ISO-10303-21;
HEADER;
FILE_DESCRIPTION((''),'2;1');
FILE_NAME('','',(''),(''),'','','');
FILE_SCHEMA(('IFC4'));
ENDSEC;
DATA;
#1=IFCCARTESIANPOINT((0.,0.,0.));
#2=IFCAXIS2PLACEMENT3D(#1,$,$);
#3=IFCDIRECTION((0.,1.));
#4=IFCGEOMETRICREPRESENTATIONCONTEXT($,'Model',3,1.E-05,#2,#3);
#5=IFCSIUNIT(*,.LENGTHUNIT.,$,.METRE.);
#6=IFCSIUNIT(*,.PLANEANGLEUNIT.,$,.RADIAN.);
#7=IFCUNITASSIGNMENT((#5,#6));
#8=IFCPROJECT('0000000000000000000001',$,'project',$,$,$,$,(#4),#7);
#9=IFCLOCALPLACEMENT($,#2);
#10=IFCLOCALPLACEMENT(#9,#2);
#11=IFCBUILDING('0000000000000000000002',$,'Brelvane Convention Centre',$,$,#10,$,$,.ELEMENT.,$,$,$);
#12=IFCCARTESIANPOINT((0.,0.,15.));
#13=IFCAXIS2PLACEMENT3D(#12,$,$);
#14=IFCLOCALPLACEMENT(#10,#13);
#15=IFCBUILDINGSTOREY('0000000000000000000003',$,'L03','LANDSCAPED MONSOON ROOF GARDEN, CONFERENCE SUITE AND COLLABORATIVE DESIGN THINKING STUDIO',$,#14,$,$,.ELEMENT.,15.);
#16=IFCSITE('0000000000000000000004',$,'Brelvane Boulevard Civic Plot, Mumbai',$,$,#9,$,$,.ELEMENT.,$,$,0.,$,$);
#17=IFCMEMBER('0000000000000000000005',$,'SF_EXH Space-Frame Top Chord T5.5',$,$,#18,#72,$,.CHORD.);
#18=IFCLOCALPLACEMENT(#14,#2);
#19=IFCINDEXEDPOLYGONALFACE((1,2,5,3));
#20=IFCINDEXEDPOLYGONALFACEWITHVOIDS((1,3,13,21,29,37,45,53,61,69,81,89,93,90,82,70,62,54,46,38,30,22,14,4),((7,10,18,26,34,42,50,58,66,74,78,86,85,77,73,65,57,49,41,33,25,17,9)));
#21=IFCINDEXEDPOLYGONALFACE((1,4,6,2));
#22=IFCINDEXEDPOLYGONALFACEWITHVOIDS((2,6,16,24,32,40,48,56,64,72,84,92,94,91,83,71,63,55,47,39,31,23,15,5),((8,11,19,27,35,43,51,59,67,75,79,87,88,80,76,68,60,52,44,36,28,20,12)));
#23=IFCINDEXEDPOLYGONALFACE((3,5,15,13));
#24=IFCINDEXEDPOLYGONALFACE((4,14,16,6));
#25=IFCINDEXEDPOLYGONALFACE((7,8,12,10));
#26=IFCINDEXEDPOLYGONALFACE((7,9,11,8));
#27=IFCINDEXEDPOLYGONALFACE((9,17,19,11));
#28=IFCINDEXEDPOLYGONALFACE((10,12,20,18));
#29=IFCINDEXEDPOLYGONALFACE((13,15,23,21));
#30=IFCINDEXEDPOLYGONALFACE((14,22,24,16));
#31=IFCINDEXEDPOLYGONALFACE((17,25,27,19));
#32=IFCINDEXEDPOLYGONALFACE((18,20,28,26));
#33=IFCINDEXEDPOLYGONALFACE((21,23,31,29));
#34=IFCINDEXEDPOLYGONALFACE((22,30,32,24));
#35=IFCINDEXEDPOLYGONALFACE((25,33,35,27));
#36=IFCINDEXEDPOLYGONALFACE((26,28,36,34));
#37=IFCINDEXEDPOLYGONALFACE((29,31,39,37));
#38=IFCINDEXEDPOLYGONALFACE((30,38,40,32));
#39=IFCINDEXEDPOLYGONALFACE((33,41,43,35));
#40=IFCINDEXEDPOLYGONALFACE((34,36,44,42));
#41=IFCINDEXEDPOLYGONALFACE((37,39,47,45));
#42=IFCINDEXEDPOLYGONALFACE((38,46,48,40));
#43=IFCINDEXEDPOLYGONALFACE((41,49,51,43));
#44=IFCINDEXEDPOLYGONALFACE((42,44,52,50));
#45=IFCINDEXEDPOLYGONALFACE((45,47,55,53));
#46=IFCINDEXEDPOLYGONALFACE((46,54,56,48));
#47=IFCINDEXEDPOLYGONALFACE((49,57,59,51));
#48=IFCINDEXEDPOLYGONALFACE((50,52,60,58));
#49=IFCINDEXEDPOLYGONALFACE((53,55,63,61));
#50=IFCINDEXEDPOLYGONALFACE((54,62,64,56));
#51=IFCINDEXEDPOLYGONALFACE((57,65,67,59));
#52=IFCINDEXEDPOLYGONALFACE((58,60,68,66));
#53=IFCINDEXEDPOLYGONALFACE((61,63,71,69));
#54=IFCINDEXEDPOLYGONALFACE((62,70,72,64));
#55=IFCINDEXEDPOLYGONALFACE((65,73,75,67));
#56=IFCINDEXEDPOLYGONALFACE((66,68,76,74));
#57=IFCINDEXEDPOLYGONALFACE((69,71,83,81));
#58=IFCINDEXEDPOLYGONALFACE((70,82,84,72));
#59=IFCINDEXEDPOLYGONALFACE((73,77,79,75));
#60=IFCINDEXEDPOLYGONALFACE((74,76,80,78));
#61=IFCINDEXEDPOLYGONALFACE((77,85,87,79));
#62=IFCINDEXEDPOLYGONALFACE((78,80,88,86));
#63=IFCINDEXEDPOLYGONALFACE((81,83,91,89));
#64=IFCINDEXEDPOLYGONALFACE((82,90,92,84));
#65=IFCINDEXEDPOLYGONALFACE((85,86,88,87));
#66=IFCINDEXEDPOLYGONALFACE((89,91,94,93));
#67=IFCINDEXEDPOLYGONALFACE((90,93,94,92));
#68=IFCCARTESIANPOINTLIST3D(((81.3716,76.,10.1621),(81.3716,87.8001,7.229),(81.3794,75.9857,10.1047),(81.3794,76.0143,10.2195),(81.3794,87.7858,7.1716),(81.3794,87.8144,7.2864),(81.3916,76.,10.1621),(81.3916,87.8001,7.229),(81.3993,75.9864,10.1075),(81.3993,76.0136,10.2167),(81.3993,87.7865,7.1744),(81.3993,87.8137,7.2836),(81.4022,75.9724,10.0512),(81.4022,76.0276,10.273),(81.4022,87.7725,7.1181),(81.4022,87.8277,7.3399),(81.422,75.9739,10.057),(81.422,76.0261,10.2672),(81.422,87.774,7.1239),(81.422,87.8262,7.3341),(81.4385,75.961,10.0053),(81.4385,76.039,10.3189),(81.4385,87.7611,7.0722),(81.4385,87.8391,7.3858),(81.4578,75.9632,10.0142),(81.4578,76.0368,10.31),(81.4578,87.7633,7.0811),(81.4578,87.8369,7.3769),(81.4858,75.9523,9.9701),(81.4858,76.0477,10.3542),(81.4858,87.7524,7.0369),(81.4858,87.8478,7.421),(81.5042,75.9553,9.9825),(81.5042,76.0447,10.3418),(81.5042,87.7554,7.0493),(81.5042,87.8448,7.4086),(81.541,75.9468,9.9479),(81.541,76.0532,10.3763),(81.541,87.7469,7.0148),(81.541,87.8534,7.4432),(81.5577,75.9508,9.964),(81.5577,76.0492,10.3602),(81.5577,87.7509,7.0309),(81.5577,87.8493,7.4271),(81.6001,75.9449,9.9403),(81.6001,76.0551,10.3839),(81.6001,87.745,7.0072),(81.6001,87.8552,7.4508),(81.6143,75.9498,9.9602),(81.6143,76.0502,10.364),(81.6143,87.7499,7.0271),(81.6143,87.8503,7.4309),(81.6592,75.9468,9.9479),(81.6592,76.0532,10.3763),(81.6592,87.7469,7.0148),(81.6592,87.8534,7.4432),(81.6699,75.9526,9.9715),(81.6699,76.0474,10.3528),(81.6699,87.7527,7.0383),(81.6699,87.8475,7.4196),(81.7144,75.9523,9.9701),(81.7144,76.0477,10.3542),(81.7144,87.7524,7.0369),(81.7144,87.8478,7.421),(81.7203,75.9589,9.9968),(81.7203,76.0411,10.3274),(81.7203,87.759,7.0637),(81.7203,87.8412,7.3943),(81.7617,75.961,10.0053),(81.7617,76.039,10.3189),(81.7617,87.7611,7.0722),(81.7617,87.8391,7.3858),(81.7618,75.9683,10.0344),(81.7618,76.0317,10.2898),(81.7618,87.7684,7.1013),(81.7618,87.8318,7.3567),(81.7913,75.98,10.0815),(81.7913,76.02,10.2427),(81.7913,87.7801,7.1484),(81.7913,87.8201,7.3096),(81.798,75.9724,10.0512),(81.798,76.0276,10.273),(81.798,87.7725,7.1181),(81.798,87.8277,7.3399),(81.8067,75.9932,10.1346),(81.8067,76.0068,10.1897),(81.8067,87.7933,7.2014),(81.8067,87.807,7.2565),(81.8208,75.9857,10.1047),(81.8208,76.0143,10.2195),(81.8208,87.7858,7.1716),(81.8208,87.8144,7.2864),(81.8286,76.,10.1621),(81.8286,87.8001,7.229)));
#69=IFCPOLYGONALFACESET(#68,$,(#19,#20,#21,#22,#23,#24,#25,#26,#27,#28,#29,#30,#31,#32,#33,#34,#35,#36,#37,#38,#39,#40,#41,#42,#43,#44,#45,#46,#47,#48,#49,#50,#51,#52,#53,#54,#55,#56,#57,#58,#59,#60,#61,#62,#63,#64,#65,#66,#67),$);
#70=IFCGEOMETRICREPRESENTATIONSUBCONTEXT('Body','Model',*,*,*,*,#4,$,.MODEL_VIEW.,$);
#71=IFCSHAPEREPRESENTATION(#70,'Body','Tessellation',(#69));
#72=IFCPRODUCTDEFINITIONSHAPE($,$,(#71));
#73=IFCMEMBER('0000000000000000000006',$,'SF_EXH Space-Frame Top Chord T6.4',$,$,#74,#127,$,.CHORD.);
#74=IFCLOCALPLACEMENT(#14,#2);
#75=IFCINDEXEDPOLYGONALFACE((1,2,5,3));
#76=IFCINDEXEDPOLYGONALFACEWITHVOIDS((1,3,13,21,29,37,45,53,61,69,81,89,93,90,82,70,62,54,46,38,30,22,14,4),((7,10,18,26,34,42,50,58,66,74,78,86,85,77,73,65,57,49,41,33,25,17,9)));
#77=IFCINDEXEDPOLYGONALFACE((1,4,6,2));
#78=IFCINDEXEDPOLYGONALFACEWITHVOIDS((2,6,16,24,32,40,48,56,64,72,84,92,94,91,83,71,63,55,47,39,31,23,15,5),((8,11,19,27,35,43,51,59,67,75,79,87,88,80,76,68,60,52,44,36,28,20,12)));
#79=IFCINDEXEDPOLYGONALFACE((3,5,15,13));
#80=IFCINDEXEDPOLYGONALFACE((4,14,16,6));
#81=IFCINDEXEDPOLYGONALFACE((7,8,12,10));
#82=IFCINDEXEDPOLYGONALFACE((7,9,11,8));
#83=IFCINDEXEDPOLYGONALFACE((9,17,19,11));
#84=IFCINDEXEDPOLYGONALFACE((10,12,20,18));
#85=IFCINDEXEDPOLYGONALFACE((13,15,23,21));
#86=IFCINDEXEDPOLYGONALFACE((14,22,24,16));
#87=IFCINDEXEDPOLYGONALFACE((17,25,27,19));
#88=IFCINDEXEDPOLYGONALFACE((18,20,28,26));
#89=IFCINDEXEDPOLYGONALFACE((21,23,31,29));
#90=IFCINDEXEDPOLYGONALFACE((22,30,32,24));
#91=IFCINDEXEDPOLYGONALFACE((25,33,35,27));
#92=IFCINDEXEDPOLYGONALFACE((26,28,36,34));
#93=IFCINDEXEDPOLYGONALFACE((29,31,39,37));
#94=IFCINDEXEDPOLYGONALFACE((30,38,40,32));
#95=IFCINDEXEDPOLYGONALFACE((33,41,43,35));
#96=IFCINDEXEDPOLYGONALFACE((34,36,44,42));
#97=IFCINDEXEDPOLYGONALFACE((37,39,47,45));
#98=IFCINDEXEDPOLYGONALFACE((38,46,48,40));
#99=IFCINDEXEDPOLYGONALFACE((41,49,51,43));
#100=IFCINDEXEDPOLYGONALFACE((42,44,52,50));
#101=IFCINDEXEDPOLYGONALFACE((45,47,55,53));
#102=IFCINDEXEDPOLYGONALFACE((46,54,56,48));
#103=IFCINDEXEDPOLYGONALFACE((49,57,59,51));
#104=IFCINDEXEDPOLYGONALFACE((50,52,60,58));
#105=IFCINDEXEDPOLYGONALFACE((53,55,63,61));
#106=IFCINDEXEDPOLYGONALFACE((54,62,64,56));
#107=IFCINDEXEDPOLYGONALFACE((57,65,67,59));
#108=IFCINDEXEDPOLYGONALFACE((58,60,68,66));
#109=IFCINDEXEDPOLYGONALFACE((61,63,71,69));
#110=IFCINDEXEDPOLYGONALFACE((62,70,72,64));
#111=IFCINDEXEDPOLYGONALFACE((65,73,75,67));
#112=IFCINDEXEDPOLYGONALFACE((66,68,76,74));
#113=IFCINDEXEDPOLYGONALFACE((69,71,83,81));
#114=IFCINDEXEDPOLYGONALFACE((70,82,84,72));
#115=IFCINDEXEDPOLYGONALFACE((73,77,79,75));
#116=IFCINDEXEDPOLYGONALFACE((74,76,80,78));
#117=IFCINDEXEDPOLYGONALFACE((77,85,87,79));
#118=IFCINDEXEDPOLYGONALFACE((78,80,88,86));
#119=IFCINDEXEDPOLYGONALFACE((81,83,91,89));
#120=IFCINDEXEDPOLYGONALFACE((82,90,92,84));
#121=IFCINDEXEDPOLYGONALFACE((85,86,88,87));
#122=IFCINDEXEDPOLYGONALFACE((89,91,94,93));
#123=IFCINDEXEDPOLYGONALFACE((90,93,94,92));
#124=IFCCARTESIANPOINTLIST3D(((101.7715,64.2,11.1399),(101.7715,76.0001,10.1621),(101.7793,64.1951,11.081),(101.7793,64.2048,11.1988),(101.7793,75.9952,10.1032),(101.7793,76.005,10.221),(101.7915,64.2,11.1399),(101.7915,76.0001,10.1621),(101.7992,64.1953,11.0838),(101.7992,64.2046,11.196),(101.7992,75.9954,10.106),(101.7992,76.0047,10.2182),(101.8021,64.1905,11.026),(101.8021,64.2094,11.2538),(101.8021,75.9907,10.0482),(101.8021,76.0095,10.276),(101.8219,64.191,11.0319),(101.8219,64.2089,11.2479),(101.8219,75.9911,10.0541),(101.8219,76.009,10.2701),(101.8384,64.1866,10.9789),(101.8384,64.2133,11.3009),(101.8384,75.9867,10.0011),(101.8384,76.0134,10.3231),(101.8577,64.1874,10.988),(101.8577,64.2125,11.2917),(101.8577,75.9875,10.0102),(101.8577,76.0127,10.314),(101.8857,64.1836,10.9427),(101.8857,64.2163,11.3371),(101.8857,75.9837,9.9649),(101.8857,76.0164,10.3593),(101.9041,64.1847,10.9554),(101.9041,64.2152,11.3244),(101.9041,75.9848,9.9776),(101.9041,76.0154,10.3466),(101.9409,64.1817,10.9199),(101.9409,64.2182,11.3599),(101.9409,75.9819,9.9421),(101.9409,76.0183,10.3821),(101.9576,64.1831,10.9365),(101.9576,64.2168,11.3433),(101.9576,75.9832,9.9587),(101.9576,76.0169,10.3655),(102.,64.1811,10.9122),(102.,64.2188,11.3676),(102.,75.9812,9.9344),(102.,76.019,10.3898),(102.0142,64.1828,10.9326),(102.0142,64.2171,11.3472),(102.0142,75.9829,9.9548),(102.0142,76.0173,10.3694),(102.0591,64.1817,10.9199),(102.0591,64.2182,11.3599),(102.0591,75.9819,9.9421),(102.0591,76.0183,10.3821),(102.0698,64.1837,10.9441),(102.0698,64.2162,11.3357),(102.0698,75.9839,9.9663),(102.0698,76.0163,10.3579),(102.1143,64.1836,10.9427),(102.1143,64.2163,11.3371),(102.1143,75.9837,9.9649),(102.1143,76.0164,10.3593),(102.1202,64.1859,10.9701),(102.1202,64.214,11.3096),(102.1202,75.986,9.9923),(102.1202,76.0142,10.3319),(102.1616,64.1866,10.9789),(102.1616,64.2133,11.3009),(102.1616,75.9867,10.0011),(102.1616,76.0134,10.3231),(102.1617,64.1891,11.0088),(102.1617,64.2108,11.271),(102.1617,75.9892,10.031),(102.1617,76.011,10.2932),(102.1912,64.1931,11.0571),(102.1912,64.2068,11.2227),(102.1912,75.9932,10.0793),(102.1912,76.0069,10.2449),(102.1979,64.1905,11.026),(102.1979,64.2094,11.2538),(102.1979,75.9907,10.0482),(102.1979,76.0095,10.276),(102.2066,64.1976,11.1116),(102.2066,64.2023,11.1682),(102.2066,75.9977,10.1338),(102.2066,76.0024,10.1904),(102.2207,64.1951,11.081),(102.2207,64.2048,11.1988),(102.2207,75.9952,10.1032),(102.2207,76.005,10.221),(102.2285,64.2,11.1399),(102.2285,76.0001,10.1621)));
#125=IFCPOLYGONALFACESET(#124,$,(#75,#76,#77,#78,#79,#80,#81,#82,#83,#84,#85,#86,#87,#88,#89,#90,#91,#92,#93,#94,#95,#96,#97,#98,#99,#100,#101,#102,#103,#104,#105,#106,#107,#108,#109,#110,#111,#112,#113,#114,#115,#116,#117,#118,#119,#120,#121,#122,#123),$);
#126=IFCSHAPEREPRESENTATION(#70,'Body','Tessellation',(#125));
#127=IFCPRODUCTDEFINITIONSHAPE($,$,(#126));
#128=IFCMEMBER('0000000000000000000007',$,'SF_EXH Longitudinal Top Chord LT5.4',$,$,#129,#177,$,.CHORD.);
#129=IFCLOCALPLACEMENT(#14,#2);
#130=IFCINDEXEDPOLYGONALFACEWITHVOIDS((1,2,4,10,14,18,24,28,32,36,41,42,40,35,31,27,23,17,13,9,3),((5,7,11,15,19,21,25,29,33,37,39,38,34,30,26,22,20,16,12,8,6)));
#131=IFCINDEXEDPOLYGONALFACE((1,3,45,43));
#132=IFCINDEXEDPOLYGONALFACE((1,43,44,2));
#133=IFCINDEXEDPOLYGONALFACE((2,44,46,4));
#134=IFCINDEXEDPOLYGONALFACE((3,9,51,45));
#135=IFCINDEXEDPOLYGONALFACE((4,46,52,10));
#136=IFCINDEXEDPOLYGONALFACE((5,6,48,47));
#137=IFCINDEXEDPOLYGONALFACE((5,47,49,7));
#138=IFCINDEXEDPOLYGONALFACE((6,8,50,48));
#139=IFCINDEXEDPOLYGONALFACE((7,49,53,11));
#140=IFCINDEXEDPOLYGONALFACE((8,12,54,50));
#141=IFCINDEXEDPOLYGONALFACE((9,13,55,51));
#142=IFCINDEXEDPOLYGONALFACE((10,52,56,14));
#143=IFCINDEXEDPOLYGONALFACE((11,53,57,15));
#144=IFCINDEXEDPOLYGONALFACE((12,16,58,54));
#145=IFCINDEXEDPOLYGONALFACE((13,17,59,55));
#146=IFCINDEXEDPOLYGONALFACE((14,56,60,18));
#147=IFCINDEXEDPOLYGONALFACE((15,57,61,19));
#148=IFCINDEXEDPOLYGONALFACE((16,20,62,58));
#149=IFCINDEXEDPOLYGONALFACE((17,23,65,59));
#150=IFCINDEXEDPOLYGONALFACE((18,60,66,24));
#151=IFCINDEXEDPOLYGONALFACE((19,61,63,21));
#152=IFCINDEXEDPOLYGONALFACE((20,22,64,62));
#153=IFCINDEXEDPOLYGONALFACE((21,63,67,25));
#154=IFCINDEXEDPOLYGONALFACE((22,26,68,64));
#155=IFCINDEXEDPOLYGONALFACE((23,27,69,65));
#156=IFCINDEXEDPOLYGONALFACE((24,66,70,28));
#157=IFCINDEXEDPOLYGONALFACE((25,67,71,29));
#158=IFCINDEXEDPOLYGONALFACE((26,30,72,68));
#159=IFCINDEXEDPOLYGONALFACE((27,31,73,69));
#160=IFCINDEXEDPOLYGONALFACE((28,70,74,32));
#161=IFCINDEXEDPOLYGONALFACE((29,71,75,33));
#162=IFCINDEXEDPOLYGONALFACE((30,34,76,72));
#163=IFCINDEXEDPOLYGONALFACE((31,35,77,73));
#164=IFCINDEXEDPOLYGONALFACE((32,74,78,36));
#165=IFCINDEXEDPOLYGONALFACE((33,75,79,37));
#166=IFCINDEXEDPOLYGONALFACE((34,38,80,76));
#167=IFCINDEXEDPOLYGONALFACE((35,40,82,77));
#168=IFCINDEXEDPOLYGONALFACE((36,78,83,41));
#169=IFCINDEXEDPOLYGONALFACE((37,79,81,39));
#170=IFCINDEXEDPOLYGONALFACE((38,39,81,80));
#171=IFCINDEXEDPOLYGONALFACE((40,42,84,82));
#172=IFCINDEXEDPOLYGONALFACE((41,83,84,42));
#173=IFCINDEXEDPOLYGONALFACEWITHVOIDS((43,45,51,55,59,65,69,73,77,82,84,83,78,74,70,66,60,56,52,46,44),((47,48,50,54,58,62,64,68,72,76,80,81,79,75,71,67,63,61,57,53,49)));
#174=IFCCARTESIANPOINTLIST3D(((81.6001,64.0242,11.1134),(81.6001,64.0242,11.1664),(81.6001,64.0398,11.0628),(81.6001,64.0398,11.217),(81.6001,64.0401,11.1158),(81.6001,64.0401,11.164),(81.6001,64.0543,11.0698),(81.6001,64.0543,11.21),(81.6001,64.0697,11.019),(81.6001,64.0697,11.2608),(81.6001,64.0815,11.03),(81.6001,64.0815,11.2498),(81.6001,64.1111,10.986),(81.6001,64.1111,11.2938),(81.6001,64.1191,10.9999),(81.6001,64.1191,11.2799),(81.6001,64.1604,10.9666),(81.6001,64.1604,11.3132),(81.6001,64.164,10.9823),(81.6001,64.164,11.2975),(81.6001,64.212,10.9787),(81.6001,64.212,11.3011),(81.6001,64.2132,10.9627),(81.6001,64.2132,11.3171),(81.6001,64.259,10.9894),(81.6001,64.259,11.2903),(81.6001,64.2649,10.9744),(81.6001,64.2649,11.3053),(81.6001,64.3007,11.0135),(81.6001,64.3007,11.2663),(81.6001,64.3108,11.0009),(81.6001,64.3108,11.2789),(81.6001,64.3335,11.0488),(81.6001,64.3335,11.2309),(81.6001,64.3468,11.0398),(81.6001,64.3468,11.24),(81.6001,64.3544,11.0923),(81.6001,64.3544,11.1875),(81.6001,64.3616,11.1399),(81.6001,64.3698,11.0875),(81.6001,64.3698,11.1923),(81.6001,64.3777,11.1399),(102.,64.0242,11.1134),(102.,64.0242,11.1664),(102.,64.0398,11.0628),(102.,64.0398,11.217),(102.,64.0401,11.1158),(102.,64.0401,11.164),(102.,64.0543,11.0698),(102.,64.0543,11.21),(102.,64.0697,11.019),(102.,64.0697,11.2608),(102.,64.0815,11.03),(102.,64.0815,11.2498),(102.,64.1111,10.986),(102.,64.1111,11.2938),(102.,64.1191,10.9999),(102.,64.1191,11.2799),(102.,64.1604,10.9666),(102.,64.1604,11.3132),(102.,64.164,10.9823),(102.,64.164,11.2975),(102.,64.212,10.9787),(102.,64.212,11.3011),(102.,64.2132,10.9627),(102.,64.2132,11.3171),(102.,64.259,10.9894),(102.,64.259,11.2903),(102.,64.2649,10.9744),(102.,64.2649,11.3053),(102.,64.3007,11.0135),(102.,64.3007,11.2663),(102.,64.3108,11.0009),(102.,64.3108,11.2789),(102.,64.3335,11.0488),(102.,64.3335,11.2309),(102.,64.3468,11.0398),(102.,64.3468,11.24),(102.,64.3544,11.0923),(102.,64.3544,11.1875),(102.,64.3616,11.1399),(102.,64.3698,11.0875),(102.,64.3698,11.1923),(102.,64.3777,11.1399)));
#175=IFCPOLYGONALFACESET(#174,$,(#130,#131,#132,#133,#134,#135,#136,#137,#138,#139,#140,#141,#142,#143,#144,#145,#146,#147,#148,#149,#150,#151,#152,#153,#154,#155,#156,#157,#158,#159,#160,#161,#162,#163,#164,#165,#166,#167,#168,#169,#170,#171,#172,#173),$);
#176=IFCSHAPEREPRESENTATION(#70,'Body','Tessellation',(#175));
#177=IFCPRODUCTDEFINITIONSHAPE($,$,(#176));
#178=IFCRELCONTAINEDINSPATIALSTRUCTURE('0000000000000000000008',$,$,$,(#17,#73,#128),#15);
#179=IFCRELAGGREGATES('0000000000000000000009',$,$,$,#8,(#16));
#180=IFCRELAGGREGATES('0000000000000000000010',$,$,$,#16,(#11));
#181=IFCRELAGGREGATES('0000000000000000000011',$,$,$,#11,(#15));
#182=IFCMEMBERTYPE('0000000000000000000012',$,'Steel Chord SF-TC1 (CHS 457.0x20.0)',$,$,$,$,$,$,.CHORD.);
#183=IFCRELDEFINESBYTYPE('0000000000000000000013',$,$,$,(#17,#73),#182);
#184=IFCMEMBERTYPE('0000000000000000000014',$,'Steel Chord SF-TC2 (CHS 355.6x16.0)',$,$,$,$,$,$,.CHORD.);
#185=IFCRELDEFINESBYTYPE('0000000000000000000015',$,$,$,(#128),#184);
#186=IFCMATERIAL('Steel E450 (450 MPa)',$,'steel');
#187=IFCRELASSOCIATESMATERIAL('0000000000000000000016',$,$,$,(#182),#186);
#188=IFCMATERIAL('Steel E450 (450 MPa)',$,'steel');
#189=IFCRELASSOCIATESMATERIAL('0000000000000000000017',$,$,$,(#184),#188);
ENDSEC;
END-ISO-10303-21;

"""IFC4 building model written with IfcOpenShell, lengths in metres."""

from ifc_helpers import new_model, si_unit, direction, frame, origin, origin_2d, place, context, subcontext, project, spatial, hollow_circle, extrude, material, material_profile, profile_set, type_object, element, save


model = new_model("IFC4")

# Units and contexts
model_context = context("Model", 3, precision=1e-05, world=origin(), true_north=direction((0.0, 1.0)))
body_context = subcontext(model_context, "Body", "Model", "MODEL_VIEW")
ifc_project = project(units=[si_unit("LENGTHUNIT", "METRE"), si_unit("PLANEANGLEUNIT", "RADIAN")], contexts=[model_context])

# Site, building, storey
site_placement = place(None, origin())
site = spatial("IfcSite", under=ifc_project, at=site_placement, Name="Brelvane Boulevard Civic Plot, Mumbai", CompositionType="ELEMENT", RefElevation=0.0)
building_placement = place(site_placement, origin())
building = spatial("IfcBuilding", under=site, at=building_placement, Name="Brelvane Convention Centre", CompositionType="ELEMENT")
storey_placement = place(building_placement, frame((0.0, 0.0, 15.0)))
storey = spatial("IfcBuildingStorey", under=building, at=storey_placement, Name="L03", Description="LANDSCAPED MONSOON ROOF GARDEN, CONFERENCE SUITE AND COLLABORATIVE DESIGN THINKING STUDIO", CompositionType="ELEMENT", Elevation=15.0)

# Members
ifc_material_1 = material(Name="Steel E450 (450 MPa)", Category="steel")
ifc_material_profile_1 = material_profile(ifc_material_1, hollow_circle(Radius=0.2285, WallThickness=0.02, at=origin_2d()), Name="CHS 457.0x20.0")
ifc_profile_set_1 = profile_set([ifc_material_profile_1], Name="Steel E450 (450 MPa)")
member_type_1 = type_object("IfcMemberType", Name="Steel Chord SF-TC1 (CHS 457.0x20.0)", PredefinedType="CHORD", material=ifc_profile_set_1)
member_1_placement = place(storey_placement, frame((81.6001, 76.0, 10.1621), z_axis=(0.0, 0.970469, -0.241227), x_axis=(-1.0, 0.0, 0.0)))
element("IfcMember", 1, at=member_1_placement, inside=storey, type_object=member_type_1, Name="SF_EXH Space-Frame Top Chord T5.5", PredefinedType="CHORD", context=body_context, shape_type="SweptSolid", body=[
    extrude(hollow_circle(Radius=0.2285, WallThickness=0.02, at=origin_2d()), origin(), (0.0, 0.0, 1.0), 12.1592),
])
member_2_placement = place(storey_placement, frame((102.0, 64.2, 11.1399), z_axis=(0.0, 0.996584, -0.08258), x_axis=(-1.0, 0.0, 0.0)))
element("IfcMember", 2, at=member_2_placement, inside=storey, type_object=member_type_1, Name="SF_EXH Space-Frame Top Chord T6.4", PredefinedType="CHORD", context=body_context, shape_type="SweptSolid", body=[
    extrude(hollow_circle(Radius=0.2285, WallThickness=0.02, at=origin_2d()), origin(), (0.0, 0.0, 1.0), 11.8406),
])
ifc_material_2 = material(Name="Steel E450 (450 MPa)", Category="steel")
ifc_material_profile_2 = material_profile(ifc_material_2, hollow_circle(Radius=0.1777, WallThickness=0.0161, at=origin_2d()), Name="CHS 355.6x16.0")
ifc_profile_set_2 = profile_set([ifc_material_profile_2], Name="Steel E450 (450 MPa)")
member_type_2 = type_object("IfcMemberType", Name="Steel Chord SF-TC2 (CHS 355.6x16.0)", PredefinedType="CHORD", material=ifc_profile_set_2)
for number, where, z_axis, x_axis, name in (
    (3, (81.6001, 64.2, 11.1399), (1.0, 0.0, 0.0), (0.0, 1.0, 0.0), "SF_EXH Longitudinal Top Chord LT5.4"),
):
    element("IfcMember", number, at=place(storey_placement, frame(where, z_axis=z_axis, x_axis=x_axis)), inside=storey, type_object=member_type_2, Name=name, PredefinedType="CHORD", context=body_context, shape_type="SweptSolid", body=[
        extrude(hollow_circle(Radius=0.1777, WallThickness=0.0161, at=origin_2d()), origin(), (0.0, 0.0, 1.0), 20.3999),
    ])

save(model, "model.ifc")
